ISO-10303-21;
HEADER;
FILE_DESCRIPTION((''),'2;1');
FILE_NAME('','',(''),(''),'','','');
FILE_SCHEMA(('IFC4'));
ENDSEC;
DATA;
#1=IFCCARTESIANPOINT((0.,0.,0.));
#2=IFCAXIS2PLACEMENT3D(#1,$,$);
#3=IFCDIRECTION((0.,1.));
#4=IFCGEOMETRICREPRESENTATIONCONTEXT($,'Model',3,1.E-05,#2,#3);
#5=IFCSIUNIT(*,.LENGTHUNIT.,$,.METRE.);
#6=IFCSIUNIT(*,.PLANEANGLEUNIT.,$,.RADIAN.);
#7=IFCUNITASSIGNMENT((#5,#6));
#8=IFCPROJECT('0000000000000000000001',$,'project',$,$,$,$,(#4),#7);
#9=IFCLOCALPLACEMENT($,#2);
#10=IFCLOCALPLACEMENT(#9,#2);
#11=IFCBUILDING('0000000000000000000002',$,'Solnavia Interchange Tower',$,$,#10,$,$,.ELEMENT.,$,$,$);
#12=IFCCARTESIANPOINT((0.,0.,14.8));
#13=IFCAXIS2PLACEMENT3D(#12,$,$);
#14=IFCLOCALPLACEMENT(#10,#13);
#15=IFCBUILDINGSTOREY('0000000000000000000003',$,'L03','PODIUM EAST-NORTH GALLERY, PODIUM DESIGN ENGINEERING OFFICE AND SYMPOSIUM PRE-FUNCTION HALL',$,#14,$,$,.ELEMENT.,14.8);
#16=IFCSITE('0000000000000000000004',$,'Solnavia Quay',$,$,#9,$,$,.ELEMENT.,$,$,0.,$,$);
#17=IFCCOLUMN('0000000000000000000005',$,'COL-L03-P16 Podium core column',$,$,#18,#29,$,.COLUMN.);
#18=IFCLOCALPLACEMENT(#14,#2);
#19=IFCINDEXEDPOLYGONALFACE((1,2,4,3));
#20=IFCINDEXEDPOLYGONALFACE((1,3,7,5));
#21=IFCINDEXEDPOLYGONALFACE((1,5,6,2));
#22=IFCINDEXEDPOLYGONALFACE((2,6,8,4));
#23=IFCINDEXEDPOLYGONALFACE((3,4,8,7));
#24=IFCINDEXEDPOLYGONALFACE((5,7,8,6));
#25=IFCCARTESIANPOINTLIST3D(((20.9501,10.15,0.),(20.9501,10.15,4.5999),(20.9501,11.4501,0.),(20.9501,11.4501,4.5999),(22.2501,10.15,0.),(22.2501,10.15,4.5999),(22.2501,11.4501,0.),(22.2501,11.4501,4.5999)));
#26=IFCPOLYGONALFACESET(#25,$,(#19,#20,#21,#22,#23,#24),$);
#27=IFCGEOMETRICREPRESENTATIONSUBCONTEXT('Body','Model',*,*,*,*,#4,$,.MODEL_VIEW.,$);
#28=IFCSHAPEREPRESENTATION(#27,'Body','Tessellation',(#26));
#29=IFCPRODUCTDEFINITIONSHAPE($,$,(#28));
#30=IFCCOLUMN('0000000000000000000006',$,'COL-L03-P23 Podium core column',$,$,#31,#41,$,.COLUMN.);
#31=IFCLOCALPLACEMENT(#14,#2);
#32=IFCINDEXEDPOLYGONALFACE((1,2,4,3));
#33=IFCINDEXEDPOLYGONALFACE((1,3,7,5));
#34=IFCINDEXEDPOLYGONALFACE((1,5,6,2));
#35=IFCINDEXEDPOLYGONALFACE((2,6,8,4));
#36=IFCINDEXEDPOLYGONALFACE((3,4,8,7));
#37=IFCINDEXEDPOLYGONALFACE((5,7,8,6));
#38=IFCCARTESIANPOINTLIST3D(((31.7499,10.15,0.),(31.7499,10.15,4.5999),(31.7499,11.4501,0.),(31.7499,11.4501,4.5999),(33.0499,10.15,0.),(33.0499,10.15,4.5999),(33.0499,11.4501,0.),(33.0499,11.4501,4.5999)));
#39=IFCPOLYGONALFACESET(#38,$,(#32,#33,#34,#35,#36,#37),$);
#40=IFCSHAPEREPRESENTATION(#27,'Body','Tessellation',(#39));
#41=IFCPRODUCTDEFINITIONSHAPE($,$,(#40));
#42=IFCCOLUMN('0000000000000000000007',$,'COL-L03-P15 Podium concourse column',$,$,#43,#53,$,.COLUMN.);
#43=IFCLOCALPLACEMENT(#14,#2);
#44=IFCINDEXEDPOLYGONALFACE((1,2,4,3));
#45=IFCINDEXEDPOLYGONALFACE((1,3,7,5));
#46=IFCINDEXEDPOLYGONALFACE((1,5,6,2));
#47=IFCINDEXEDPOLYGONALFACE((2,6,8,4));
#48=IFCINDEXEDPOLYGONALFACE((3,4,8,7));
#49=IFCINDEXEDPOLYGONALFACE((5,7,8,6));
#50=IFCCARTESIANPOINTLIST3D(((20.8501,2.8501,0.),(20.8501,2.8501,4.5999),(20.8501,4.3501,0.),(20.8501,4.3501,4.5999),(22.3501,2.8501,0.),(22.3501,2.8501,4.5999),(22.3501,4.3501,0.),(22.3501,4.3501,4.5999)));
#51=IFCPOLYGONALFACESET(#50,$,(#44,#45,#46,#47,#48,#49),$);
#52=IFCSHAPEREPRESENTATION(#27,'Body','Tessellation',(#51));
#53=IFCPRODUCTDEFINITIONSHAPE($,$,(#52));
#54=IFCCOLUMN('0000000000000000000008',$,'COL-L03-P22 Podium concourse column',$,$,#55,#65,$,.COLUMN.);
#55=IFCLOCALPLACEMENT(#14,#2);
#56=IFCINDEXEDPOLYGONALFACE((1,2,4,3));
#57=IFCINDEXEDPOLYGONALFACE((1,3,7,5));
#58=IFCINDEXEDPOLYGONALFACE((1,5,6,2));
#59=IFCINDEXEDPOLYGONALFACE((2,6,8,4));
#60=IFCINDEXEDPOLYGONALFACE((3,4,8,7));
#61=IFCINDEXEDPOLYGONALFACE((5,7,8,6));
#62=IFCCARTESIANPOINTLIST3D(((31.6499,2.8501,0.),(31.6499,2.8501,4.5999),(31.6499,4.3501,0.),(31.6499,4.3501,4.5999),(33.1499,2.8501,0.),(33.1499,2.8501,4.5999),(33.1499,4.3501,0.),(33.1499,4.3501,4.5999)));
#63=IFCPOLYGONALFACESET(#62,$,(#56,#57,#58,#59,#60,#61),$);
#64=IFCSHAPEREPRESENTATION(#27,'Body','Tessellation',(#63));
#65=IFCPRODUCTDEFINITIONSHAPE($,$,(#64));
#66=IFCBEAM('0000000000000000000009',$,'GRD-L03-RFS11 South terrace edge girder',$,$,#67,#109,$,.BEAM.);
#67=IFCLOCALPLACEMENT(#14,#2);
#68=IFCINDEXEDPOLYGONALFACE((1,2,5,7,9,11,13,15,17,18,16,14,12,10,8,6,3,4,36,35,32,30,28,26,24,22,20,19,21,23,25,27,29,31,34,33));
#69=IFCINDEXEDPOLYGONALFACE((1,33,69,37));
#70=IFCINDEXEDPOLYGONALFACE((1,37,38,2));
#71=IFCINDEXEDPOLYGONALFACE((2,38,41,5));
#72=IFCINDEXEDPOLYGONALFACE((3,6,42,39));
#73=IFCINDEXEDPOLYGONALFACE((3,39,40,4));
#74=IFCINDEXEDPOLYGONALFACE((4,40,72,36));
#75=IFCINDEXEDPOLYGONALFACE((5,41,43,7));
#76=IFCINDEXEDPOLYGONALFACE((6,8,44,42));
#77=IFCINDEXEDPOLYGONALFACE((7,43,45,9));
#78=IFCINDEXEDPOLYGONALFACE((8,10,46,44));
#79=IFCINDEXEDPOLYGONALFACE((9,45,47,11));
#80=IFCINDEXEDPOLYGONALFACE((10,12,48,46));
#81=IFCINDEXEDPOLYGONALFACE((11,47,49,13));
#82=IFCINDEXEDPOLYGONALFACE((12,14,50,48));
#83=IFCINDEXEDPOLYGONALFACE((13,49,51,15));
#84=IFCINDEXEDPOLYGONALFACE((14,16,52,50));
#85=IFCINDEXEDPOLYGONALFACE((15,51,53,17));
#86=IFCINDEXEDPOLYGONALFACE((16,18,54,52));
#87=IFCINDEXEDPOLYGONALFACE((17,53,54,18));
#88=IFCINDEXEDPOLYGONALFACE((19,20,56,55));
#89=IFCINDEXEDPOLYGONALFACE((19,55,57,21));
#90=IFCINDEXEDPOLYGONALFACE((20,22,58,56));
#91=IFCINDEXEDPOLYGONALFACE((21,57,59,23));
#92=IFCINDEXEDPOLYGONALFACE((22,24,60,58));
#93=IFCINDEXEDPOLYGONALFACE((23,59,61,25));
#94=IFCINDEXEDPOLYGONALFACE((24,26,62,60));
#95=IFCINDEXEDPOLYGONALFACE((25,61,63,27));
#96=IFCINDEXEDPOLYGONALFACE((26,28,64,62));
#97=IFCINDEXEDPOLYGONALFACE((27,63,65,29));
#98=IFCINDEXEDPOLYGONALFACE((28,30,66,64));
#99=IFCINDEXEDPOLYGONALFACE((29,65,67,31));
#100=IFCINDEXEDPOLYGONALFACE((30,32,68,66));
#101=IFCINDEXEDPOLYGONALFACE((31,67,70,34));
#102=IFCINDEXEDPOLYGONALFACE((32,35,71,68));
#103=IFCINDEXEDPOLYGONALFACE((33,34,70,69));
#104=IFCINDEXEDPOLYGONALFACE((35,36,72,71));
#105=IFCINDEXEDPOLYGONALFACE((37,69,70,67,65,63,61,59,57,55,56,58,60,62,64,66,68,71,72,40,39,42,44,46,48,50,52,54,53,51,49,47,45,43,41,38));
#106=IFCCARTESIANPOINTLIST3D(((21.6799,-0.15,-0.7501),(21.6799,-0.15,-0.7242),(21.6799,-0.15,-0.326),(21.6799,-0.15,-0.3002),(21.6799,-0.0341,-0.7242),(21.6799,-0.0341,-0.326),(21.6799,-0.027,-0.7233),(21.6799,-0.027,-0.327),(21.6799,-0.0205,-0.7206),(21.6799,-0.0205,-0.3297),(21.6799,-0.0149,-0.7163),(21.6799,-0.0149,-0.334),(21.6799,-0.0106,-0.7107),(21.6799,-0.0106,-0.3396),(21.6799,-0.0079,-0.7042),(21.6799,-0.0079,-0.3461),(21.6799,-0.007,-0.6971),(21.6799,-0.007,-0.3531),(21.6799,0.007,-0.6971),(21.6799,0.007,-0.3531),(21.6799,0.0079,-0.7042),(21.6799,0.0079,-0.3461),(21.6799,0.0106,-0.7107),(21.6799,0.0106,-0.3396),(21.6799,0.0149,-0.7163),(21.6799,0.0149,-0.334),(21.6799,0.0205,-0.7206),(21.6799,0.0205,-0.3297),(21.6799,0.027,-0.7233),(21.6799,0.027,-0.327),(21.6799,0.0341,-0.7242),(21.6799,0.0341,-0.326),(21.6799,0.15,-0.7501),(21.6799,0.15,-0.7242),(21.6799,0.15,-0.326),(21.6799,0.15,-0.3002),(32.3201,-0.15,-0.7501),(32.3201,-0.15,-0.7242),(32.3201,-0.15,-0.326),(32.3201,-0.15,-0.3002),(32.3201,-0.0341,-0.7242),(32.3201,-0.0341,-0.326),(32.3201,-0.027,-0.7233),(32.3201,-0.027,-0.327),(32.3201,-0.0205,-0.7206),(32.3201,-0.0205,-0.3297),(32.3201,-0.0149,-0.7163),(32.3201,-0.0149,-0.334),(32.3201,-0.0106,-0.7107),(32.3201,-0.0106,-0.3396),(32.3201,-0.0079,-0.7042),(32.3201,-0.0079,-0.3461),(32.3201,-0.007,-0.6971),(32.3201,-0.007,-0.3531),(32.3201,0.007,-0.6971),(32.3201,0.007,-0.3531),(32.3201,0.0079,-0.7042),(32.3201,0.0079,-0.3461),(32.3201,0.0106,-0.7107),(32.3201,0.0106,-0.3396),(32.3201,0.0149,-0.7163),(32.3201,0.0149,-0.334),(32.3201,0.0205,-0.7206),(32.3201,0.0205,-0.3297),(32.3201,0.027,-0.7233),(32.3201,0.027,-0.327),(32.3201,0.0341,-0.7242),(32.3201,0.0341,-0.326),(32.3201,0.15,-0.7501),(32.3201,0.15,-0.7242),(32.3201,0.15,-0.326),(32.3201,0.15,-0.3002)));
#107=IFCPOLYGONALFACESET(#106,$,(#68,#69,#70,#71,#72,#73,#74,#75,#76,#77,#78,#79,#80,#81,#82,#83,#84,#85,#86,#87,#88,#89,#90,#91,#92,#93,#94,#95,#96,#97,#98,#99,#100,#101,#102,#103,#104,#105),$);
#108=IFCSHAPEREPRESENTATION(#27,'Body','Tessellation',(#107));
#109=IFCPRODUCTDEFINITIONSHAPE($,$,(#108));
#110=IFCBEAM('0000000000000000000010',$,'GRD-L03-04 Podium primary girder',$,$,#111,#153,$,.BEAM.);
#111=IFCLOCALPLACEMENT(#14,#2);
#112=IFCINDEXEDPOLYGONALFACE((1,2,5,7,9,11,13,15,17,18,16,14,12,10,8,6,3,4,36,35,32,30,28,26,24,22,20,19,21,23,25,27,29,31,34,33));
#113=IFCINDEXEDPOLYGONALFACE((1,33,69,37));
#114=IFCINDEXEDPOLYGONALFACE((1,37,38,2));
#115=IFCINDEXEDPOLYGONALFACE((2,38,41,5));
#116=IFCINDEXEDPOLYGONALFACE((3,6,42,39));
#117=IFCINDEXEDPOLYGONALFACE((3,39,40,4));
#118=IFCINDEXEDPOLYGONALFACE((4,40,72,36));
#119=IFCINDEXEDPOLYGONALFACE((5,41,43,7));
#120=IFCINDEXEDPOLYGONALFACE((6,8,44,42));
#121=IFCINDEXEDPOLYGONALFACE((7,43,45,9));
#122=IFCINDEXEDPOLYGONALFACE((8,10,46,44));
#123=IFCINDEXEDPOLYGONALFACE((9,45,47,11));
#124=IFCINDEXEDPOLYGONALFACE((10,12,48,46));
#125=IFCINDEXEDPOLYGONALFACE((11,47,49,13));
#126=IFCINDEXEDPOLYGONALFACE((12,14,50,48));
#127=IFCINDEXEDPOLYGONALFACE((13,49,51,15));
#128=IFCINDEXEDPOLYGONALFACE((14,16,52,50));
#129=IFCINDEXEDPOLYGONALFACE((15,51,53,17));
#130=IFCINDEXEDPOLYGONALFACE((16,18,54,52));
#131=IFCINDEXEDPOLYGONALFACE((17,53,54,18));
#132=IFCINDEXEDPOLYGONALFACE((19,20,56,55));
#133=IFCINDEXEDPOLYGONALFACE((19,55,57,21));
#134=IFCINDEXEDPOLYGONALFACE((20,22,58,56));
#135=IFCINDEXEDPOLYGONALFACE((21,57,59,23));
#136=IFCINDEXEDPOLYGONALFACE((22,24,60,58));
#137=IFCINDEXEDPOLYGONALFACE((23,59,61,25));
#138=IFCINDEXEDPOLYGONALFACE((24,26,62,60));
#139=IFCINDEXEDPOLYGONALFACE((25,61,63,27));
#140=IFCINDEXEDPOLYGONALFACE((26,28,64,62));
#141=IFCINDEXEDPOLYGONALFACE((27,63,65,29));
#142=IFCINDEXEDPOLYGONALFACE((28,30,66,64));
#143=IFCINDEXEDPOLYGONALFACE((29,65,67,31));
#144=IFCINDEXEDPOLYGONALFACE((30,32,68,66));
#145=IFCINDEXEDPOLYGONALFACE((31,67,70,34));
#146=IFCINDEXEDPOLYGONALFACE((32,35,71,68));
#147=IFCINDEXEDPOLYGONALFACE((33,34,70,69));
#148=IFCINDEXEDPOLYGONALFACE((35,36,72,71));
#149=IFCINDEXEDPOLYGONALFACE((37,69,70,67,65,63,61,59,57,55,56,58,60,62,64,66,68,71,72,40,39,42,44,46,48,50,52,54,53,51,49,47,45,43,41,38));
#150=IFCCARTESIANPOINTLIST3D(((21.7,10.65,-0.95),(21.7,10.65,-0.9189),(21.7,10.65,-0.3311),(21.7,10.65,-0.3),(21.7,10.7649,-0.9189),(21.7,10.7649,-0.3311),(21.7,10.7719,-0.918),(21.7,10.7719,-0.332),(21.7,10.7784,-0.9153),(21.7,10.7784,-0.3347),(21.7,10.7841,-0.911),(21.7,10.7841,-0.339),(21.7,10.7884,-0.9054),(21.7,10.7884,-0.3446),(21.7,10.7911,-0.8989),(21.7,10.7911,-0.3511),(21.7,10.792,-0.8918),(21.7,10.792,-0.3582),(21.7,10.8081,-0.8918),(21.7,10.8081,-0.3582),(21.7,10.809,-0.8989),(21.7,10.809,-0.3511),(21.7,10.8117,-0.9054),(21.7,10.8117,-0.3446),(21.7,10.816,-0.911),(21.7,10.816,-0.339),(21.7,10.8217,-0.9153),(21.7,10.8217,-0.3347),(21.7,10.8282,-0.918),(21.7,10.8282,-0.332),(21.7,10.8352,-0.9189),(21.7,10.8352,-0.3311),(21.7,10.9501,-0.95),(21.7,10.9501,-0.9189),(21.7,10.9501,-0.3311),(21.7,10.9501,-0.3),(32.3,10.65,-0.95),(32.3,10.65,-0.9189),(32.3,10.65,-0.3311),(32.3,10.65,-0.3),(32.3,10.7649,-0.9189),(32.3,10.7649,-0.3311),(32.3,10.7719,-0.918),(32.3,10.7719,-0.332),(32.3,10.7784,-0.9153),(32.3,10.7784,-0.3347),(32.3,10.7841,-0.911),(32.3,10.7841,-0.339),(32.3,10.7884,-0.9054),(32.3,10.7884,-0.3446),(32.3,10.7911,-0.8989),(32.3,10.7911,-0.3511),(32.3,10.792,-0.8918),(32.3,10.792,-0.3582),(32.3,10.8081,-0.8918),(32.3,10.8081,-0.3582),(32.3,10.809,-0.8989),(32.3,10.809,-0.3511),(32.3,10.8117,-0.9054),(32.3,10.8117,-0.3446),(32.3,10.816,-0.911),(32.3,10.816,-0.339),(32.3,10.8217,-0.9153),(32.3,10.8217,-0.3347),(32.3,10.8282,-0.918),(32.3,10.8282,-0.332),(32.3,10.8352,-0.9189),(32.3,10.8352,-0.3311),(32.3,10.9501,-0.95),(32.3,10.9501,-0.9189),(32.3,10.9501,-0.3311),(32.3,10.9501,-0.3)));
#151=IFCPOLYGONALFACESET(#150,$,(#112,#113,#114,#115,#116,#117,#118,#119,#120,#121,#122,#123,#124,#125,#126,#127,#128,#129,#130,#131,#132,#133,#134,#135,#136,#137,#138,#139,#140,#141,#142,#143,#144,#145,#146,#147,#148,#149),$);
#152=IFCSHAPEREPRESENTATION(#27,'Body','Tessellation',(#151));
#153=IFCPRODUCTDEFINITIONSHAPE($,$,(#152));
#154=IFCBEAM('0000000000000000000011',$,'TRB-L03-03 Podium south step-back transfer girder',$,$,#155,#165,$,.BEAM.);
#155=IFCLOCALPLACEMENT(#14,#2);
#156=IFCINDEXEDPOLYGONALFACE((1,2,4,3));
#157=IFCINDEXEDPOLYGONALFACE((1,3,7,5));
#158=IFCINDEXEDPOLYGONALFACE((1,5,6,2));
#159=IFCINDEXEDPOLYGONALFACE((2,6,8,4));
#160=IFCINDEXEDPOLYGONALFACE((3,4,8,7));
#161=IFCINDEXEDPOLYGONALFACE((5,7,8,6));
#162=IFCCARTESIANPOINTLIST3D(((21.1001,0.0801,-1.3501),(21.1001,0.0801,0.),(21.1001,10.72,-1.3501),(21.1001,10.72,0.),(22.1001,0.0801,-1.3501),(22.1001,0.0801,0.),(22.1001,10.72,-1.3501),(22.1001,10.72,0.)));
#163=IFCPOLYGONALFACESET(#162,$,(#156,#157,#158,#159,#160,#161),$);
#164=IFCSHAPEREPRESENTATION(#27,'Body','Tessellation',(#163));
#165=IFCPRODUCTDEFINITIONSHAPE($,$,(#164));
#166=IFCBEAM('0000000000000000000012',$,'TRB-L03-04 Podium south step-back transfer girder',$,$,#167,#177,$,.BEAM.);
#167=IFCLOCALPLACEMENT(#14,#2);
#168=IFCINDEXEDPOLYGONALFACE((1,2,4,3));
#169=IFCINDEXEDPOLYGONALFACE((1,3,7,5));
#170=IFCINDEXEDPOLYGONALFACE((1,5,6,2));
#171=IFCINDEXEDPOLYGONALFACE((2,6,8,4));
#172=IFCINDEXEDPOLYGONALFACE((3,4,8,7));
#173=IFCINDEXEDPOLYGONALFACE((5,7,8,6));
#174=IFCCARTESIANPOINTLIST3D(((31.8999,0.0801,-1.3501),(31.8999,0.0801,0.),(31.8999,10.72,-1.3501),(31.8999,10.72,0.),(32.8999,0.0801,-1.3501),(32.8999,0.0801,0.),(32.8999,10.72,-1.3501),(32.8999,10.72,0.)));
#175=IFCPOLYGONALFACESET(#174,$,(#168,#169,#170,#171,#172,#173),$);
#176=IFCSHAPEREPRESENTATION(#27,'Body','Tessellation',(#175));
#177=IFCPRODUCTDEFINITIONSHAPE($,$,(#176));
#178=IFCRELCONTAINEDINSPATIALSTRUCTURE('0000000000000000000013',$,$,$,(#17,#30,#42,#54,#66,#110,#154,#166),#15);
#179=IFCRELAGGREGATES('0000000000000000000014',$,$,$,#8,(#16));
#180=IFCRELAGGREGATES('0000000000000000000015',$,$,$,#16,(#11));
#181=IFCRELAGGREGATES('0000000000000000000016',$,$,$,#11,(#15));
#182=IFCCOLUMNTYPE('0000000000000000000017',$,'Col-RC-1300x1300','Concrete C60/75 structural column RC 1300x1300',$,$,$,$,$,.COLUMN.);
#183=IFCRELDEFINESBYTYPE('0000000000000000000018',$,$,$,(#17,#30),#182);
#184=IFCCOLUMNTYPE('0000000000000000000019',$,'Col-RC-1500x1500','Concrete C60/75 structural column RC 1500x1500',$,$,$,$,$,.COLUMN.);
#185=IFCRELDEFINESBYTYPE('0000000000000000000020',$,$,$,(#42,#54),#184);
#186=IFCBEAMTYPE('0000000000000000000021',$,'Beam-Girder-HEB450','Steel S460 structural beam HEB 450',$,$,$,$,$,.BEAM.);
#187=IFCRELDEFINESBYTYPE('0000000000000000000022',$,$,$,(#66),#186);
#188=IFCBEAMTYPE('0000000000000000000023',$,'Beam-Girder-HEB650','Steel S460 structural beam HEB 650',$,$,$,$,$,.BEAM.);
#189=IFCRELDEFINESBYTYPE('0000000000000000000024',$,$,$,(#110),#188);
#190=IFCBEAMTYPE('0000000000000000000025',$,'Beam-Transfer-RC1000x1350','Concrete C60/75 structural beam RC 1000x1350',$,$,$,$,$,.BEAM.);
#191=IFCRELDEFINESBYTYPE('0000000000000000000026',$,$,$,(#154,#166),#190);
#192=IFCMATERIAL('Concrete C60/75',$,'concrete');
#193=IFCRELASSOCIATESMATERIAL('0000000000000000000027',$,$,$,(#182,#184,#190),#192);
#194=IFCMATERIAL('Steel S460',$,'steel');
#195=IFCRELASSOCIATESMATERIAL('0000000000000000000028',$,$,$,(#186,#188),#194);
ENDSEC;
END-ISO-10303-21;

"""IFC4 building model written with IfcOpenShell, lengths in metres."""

from ifc_helpers import new_model, si_unit, direction, frame, origin, origin_2d, place, context, subcontext, project, spatial, rectangle, i_section, extrude, material, material_profile, profile_set, type_object, element, save


model = new_model("IFC4")

# Units and contexts
model_context = context("Model", 3, precision=1e-05, world=origin(), true_north=direction((0.0, 1.0)))
body_context = subcontext(model_context, "Body", "Model", "MODEL_VIEW")
ifc_project = project(units=[si_unit("LENGTHUNIT", "METRE"), si_unit("PLANEANGLEUNIT", "RADIAN")], contexts=[model_context])

# Site, building, storey
site_placement = place(None, origin())
site = spatial("IfcSite", under=ifc_project, at=site_placement, Name="Solnavia Quay", CompositionType="ELEMENT", RefElevation=0.0)
building_placement = place(site_placement, origin())
building = spatial("IfcBuilding", under=site, at=building_placement, Name="Solnavia Interchange Tower", CompositionType="ELEMENT")
storey_placement = place(building_placement, frame((0.0, 0.0, 14.8)))
storey = spatial("IfcBuildingStorey", under=building, at=storey_placement, Name="L03", Description="PODIUM EAST-NORTH GALLERY, PODIUM DESIGN ENGINEERING OFFICE AND SYMPOSIUM PRE-FUNCTION HALL", CompositionType="ELEMENT", Elevation=14.8)

# Columns
ifc_material_1 = material(Name="Concrete C60/75", Category="concrete")
ifc_material_profile_1 = material_profile(ifc_material_1, rectangle(XDim=1.3, YDim=1.3, at=origin_2d()), Name="RC 1300x1300")
ifc_profile_set_1 = profile_set([ifc_material_profile_1], Name="Concrete C60/75")
column_type_1 = type_object("IfcColumnType", Name="Col-RC-1300x1300", Description="Concrete C60/75 structural column RC 1300x1300", PredefinedType="COLUMN", material=ifc_profile_set_1)
for number, where, z_axis, x_axis, name in (
    (1, (21.6001, 10.8, 0.0), (0.0, 0.0, 1.0), (1.0, 0.0, 0.0), "COL-L03-P16 Podium core column"),
    (2, (32.3999, 10.8, 0.0), (0.0, 0.0, 1.0), (1.0, 0.0, 0.0), "COL-L03-P23 Podium core column"),
):
    element("IfcColumn", number, at=place(storey_placement, frame(where, z_axis=z_axis, x_axis=x_axis)), inside=storey, type_object=column_type_1, Name=name, PredefinedType="COLUMN", context=body_context, shape_type="SweptSolid", body=[
        extrude(rectangle(XDim=1.3, YDim=1.3, at=origin_2d()), origin(), (0.0, 0.0, 1.0), 4.5999),
    ])
ifc_material_profile_2 = material_profile(ifc_material_1, rectangle(XDim=1.5, YDim=1.5, at=origin_2d()), Name="RC 1500x1500")
ifc_profile_set_2 = profile_set([ifc_material_profile_2], Name="Concrete C60/75")
column_type_2 = type_object("IfcColumnType", Name="Col-RC-1500x1500", Description="Concrete C60/75 structural column RC 1500x1500", PredefinedType="COLUMN", material=ifc_profile_set_2)
for number, where, z_axis, x_axis, name in (
    (3, (21.6001, 3.6001, 0.0), (0.0, 0.0, 1.0), (1.0, 0.0, 0.0), "COL-L03-P15 Podium concourse column"),
    (4, (32.3999, 3.6001, 0.0), (0.0, 0.0, 1.0), (1.0, 0.0, 0.0), "COL-L03-P22 Podium concourse column"),
):
    element("IfcColumn", number, at=place(storey_placement, frame(where, z_axis=z_axis, x_axis=x_axis)), inside=storey, type_object=column_type_2, Name=name, PredefinedType="COLUMN", context=body_context, shape_type="SweptSolid", body=[
        extrude(rectangle(XDim=1.5, YDim=1.5, at=origin_2d()), origin(), (0.0, 0.0, 1.0), 4.5999),
    ])

# Beams
ifc_material_2 = material(Name="Steel S460", Category="steel")
ifc_material_profile_3 = material_profile(ifc_material_2, i_section(OverallWidth=0.3, OverallDepth=0.45, WebThickness=0.0139, FlangeThickness=0.0259, FilletRadius=0.0271, at=origin_2d()), Name="HEB 450")
ifc_profile_set_3 = profile_set([ifc_material_profile_3], Name="Steel S460")
beam_type_1 = type_object("IfcBeamType", Name="Beam-Girder-HEB450", Description="Steel S460 structural beam HEB 450", PredefinedType="BEAM", material=ifc_profile_set_3)
beam_1_placement = place(storey_placement, frame((21.6799, 0.0, -0.5251), z_axis=(1.0, 0.0, 0.0), x_axis=(0.0, 1.0, 0.0)))
element("IfcBeam", 5, at=beam_1_placement, inside=storey, type_object=beam_type_1, Name="GRD-L03-RFS11 South terrace edge girder", PredefinedType="BEAM", context=body_context, shape_type="SweptSolid", body=[
    extrude(i_section(OverallWidth=0.3, OverallDepth=0.45, WebThickness=0.0139, FlangeThickness=0.0259, FilletRadius=0.0271, at=origin_2d()), origin(), (0.0, 0.0, 1.0), 10.6401),
])
ifc_material_profile_4 = material_profile(ifc_material_2, i_section(OverallWidth=0.3, OverallDepth=0.6499, WebThickness=0.0161, FlangeThickness=0.031, FilletRadius=0.0271, at=origin_2d()), Name="HEB 650")
ifc_profile_set_4 = profile_set([ifc_material_profile_4], Name="Steel S460")
beam_type_2 = type_object("IfcBeamType", Name="Beam-Girder-HEB650", Description="Steel S460 structural beam HEB 650", PredefinedType="BEAM", material=ifc_profile_set_4)
beam_2_placement = place(storey_placement, frame((21.7, 10.8, -0.625), z_axis=(1.0, 0.0, 0.0), x_axis=(0.0, 1.0, 0.0)))
element("IfcBeam", 6, at=beam_2_placement, inside=storey, type_object=beam_type_2, Name="GRD-L03-04 Podium primary girder", PredefinedType="BEAM", context=body_context, shape_type="SweptSolid", body=[
    extrude(i_section(OverallWidth=0.3, OverallDepth=0.6499, WebThickness=0.0161, FlangeThickness=0.031, FilletRadius=0.0271, at=origin_2d()), origin(), (0.0, 0.0, 1.0), 10.6001),
])
ifc_material_profile_5 = material_profile(ifc_material_1, rectangle(XDim=1.0, YDim=1.3501, at=origin_2d()), Name="RC 1000x1350")
ifc_profile_set_5 = profile_set([ifc_material_profile_5], Name="Concrete C60/75")
beam_type_3 = type_object("IfcBeamType", Name="Beam-Transfer-RC1000x1350", Description="Concrete C60/75 structural beam RC 1000x1350", PredefinedType="BEAM", material=ifc_profile_set_5)
for number, where, z_axis, x_axis, name in (
    (7, (21.6001, 0.0801, -0.675), (0.0, 1.0, 0.0), (-1.0, 0.0, 0.0), "TRB-L03-03 Podium south step-back transfer girder"),
    (8, (32.3999, 0.0801, -0.675), (0.0, 1.0, 0.0), (-1.0, 0.0, 0.0), "TRB-L03-04 Podium south step-back transfer girder"),
):
    element("IfcBeam", number, at=place(storey_placement, frame(where, z_axis=z_axis, x_axis=x_axis)), inside=storey, type_object=beam_type_3, Name=name, PredefinedType="BEAM", context=body_context, shape_type="SweptSolid", body=[
        extrude(rectangle(XDim=1.0, YDim=1.3501, at=origin_2d()), origin(), (0.0, 0.0, 1.0), 10.6399),
    ])

save(model, "model.ifc")
